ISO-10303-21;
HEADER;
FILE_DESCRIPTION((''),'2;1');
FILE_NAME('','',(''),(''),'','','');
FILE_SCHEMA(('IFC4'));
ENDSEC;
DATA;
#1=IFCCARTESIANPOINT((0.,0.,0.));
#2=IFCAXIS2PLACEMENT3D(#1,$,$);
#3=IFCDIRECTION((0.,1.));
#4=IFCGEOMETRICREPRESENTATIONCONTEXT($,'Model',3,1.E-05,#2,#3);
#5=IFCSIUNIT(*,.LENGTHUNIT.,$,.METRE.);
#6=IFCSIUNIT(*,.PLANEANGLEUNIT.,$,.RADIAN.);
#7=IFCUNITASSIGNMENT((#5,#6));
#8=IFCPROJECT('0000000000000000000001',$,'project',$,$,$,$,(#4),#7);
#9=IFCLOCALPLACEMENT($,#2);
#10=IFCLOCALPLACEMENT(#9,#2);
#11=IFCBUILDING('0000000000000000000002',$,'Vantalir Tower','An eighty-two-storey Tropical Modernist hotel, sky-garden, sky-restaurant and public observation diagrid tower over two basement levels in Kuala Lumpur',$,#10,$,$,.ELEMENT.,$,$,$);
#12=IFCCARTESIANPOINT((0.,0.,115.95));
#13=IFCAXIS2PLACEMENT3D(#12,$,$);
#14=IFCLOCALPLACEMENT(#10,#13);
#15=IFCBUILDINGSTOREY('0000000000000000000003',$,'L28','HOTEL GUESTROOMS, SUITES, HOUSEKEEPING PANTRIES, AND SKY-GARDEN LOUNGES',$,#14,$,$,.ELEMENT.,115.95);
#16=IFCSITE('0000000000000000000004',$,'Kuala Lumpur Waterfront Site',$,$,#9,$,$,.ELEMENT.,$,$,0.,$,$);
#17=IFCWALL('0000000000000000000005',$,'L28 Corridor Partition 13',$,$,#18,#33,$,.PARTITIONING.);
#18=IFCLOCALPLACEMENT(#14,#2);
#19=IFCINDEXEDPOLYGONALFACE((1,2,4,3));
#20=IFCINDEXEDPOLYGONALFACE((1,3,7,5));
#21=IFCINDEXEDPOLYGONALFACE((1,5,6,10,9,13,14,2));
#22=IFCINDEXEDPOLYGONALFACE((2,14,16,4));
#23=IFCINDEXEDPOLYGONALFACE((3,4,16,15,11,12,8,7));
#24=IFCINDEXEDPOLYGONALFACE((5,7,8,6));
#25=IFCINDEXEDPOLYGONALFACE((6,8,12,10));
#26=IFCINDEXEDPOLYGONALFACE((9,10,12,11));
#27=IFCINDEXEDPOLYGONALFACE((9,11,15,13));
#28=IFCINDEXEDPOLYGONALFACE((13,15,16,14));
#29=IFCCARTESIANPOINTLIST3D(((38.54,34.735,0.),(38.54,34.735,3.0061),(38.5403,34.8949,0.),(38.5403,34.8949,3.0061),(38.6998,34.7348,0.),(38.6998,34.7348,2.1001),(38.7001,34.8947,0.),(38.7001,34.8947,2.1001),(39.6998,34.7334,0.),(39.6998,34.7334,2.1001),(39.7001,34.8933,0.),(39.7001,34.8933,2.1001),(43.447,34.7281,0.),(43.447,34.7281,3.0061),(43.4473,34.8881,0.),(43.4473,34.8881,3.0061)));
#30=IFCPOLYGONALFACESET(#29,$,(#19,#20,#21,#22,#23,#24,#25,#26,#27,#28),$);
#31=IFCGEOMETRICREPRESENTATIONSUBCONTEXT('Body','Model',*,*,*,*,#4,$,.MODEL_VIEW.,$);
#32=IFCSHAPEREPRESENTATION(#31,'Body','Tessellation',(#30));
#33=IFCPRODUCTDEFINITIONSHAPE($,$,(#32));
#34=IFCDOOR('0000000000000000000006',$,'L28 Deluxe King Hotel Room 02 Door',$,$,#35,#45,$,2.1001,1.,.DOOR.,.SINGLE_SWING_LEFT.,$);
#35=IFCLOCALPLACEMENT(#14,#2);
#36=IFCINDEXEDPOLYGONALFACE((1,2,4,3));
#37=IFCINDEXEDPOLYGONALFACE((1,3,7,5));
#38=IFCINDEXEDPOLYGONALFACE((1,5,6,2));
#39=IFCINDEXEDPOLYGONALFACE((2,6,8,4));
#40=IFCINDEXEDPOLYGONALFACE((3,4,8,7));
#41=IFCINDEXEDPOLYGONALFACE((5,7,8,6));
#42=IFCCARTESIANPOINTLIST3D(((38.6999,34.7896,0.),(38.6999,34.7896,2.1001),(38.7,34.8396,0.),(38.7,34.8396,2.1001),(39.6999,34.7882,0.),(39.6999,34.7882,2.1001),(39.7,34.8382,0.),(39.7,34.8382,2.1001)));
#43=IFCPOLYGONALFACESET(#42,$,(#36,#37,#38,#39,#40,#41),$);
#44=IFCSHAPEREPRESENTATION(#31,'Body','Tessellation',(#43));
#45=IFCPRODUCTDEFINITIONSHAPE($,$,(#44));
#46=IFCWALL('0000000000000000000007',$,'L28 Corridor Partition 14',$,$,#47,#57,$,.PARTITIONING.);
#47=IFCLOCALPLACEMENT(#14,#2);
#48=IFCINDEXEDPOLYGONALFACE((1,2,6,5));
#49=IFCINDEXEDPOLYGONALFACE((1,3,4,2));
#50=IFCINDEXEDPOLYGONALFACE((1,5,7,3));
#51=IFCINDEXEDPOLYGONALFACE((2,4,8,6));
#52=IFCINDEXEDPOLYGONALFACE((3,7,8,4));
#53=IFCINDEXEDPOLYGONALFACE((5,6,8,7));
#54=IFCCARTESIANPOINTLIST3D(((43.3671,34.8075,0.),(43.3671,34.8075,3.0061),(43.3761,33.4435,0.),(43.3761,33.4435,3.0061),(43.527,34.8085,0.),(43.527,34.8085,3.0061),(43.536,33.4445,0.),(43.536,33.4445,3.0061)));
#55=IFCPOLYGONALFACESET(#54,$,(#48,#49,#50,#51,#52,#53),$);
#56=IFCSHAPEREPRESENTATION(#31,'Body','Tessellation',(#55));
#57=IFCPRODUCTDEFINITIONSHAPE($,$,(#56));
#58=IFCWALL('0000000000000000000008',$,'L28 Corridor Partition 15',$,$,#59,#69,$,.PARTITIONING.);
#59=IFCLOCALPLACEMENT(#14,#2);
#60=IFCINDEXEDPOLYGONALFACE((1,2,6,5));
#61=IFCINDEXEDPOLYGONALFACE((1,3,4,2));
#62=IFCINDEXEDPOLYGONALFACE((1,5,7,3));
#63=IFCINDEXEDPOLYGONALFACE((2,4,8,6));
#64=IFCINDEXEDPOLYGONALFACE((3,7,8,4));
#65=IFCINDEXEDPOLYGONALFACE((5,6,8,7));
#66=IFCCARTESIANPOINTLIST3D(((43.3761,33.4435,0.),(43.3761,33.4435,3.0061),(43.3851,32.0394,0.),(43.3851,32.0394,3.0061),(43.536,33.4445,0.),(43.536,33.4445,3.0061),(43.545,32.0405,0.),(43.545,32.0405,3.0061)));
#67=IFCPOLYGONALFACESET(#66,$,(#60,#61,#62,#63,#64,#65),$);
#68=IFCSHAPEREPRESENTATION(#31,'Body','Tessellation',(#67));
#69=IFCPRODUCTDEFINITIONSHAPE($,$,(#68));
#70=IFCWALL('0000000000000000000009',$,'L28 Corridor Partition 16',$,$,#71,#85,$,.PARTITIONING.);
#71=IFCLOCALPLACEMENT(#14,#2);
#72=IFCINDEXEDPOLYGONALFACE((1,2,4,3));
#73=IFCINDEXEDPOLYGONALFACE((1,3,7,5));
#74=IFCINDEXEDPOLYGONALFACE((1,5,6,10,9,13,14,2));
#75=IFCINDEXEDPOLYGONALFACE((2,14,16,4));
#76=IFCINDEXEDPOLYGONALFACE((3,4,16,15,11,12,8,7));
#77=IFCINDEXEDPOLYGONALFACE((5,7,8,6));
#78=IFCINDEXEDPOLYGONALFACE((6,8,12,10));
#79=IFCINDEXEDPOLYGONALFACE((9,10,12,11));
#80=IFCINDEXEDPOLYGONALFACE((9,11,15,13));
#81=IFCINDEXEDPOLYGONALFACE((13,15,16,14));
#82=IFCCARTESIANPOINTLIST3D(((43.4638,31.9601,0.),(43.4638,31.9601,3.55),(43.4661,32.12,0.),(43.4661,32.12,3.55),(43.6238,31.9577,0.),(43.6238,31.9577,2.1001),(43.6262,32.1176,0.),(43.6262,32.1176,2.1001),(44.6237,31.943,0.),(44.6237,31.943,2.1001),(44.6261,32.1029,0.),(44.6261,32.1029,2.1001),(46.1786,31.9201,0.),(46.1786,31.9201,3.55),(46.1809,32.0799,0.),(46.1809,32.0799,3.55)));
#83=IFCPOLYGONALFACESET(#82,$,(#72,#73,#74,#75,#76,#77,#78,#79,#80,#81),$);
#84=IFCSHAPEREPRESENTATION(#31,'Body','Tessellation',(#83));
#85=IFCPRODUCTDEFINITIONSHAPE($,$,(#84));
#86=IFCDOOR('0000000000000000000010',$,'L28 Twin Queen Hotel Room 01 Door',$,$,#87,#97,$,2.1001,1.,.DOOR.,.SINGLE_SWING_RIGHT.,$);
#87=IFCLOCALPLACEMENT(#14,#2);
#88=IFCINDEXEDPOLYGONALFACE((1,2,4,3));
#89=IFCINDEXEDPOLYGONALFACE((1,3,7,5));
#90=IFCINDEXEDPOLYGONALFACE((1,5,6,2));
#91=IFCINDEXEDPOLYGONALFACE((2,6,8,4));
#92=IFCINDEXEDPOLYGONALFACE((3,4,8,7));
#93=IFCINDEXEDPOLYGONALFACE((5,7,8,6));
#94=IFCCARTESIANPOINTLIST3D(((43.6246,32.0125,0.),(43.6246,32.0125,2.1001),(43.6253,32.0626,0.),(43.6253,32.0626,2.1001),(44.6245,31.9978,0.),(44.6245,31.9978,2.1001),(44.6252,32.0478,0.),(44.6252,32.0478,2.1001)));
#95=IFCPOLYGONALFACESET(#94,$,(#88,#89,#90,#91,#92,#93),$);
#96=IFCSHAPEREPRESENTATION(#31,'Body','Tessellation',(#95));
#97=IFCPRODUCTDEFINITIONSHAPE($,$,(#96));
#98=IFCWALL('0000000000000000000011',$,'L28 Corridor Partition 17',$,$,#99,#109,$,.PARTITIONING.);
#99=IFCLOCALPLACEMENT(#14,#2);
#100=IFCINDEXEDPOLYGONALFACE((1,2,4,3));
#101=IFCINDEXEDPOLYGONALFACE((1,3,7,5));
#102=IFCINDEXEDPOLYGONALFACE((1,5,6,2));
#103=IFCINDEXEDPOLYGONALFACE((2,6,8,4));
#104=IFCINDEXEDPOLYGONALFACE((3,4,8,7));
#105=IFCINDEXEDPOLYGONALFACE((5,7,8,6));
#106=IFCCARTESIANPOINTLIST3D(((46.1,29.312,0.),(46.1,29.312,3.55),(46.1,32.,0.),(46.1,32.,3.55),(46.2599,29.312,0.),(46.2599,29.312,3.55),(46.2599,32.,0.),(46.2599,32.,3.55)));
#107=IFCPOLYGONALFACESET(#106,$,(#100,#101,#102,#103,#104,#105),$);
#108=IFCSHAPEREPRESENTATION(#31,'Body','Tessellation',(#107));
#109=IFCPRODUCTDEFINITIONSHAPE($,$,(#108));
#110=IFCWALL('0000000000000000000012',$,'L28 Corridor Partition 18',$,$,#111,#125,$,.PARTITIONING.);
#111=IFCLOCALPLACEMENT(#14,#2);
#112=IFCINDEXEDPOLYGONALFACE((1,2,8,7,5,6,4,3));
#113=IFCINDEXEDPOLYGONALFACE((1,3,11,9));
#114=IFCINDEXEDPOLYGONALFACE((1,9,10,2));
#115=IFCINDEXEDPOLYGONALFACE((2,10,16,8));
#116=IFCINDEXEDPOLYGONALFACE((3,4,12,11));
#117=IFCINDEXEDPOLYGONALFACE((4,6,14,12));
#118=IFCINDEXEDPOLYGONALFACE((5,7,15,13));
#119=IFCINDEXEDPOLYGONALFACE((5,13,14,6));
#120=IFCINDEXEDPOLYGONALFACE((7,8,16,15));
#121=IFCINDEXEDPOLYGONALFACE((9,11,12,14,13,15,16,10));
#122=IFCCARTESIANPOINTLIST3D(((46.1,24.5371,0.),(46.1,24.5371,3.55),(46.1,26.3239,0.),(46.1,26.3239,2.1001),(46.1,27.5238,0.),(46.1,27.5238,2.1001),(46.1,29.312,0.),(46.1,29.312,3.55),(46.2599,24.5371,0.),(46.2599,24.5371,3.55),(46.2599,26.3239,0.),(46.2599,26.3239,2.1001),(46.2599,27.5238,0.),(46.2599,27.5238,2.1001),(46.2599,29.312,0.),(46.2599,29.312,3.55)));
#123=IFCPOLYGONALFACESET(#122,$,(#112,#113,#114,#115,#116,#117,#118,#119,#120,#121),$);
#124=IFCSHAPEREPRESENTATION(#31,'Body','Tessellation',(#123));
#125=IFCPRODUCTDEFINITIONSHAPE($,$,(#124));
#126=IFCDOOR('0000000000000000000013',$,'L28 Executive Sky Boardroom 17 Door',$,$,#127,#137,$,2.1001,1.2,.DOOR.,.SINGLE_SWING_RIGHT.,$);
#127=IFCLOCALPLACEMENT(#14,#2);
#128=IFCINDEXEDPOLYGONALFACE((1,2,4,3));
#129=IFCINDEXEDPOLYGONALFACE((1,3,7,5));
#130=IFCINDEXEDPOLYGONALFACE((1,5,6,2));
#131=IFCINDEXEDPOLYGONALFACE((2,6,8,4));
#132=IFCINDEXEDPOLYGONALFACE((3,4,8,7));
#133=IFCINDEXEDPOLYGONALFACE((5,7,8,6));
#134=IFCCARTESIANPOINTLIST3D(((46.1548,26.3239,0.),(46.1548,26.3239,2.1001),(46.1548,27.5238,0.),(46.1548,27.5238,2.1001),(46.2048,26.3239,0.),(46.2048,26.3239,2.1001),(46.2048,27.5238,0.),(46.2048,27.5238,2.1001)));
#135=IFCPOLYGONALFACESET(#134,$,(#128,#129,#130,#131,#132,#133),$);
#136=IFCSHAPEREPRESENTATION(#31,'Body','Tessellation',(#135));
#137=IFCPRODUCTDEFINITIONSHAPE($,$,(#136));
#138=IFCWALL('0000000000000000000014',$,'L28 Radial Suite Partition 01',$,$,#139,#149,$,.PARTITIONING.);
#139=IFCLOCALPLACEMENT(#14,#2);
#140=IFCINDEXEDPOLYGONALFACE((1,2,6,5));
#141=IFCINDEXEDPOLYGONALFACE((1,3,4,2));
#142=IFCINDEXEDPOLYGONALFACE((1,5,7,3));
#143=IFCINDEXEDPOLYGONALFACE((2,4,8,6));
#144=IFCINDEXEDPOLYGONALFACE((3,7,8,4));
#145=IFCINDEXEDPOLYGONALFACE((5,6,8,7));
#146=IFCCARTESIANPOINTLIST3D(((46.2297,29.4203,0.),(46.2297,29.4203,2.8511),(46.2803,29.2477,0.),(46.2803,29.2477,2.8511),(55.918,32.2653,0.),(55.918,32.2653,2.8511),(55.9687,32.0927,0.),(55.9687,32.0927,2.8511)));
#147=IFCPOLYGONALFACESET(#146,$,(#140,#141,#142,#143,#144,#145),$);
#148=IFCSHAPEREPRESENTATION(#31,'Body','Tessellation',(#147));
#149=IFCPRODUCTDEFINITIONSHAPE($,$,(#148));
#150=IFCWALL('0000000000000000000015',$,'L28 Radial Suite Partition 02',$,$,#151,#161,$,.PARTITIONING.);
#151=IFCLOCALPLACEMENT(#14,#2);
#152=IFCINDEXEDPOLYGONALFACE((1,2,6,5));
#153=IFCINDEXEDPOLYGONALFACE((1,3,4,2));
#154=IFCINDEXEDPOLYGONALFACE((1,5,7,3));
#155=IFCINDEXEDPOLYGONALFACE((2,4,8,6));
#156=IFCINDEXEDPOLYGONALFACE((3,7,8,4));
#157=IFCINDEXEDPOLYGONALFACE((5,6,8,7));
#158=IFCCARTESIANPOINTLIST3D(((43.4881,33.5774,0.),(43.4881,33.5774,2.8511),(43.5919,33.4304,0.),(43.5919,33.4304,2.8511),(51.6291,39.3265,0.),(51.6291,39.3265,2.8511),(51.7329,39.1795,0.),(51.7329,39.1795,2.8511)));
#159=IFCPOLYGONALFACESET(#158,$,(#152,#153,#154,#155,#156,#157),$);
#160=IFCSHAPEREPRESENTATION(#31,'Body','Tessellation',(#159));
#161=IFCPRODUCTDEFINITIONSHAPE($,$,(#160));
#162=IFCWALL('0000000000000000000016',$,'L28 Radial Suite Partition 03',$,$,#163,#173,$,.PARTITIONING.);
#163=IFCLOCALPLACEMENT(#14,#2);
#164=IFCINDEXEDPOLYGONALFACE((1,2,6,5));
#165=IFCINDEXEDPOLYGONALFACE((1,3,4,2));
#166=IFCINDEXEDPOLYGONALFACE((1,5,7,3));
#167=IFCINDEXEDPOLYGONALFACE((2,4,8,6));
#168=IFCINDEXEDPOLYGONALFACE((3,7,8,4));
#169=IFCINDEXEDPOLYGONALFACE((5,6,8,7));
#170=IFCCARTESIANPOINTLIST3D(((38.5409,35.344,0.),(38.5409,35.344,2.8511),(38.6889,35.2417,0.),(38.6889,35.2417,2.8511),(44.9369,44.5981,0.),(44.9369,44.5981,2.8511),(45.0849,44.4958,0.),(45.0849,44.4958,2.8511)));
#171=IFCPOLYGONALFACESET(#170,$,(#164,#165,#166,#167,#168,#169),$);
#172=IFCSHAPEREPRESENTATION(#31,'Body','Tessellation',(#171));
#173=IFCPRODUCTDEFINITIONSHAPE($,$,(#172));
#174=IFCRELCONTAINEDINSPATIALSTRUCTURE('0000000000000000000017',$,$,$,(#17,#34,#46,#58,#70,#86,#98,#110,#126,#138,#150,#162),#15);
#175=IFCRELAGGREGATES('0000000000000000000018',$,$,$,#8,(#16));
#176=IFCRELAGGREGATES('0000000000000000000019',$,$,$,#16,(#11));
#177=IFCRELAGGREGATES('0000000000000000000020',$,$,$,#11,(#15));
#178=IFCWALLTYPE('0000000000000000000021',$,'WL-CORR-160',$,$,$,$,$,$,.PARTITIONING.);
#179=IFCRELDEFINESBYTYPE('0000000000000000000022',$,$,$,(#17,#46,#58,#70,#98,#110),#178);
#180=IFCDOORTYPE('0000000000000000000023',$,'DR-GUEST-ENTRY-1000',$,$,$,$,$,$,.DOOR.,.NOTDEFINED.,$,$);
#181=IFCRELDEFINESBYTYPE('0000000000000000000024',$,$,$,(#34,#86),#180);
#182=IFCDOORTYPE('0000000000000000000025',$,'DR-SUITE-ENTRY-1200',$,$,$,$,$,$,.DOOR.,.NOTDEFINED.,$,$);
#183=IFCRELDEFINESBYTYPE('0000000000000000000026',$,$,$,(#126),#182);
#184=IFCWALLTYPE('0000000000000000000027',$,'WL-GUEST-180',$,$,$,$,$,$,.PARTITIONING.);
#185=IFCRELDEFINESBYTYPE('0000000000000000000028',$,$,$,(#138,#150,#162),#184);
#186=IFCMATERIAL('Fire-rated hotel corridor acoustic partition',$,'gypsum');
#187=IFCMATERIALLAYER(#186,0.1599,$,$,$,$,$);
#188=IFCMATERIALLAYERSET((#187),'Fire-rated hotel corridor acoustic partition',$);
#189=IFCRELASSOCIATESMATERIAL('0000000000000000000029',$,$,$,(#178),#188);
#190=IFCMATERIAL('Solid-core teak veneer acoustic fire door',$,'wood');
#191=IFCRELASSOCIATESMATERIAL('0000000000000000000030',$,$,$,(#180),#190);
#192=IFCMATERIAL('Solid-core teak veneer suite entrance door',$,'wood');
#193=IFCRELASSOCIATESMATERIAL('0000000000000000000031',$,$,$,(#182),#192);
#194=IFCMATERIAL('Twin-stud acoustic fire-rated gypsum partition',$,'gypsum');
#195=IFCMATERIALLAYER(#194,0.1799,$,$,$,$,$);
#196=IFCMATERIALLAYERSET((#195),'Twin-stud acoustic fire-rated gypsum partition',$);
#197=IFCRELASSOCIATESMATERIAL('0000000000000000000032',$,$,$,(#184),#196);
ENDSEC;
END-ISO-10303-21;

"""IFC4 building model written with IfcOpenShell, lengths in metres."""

from ifc_helpers import new_model, si_unit, direction, frame, frame_2d, origin, place, context, subcontext, project, spatial, rectangle, extrude, material, layer, layer_set, type_object, element, fill, save


model = new_model("IFC4")

# Units and contexts
model_context = context("Model", 3, precision=1e-05, world=origin(), true_north=direction((0.0, 1.0)))
body_context = subcontext(model_context, "Body", "Model", "MODEL_VIEW")
ifc_project = project(units=[si_unit("LENGTHUNIT", "METRE"), si_unit("PLANEANGLEUNIT", "RADIAN")], contexts=[model_context])

# Site, building, storey
site_placement = place(None, origin())
site = spatial("IfcSite", under=ifc_project, at=site_placement, Name="Kuala Lumpur Waterfront Site", CompositionType="ELEMENT", RefElevation=0.0)
building_placement = place(site_placement, origin())
building = spatial("IfcBuilding", under=site, at=building_placement, Name="Vantalir Tower", Description="An eighty-two-storey Tropical Modernist hotel, sky-garden, sky-restaurant and public observation diagrid tower over two basement levels in Kuala Lumpur", CompositionType="ELEMENT")
storey_placement = place(building_placement, frame((0.0, 0.0, 115.95)))
storey = spatial("IfcBuildingStorey", under=building, at=storey_placement, Name="L28", Description="HOTEL GUESTROOMS, SUITES, HOUSEKEEPING PANTRIES, AND SKY-GARDEN LOUNGES", CompositionType="ELEMENT", Elevation=115.95)

# Wall, opening, door
ifc_material_1 = material(Name="Fire-rated hotel corridor acoustic partition", Category="gypsum")
ifc_layer_1 = layer(ifc_material_1, 0.1599)
ifc_layer_set_1 = layer_set([ifc_layer_1], Name="Fire-rated hotel corridor acoustic partition")
wall_type_1 = type_object("IfcWallType", Name="WL-CORR-160", PredefinedType="PARTITIONING", material=ifc_layer_set_1)
wall_1_placement = place(storey_placement, frame((38.54, 34.8149, 0.0), z_axis=(0.0, 0.0, 1.0), x_axis=(0.999999, -0.001393, 0.0)))
wall_1 = element("IfcWall", 1, at=wall_1_placement, inside=storey, type_object=wall_type_1, Name="L28 Corridor Partition 13", PredefinedType="PARTITIONING", context=body_context, shape_type="SweptSolid", body=[
    extrude(rectangle(XDim=4.907, YDim=0.1599, at=frame_2d((2.4536, 0.0))), origin(), (0.0, 0.0, 1.0), 3.0061),
])
opening_1_placement = place(wall_1_placement, frame((0.1599, 0.0, 0.0)))
opening_1 = element("IfcOpeningElement", 2, at=opening_1_placement, cuts=wall_1, PredefinedType="OPENING", context=body_context, shape_type="SweptSolid", body=[
    extrude(rectangle(XDim=1.0, YDim=2.1001, at=frame_2d((0.5, 1.05))), frame((0.0, 0.0898, 0.0), z_axis=(0.0, -1.0, 0.0), x_axis=(1.0, 0.0, 0.0)), (0.0, 0.0, 1.0), 0.1799),
])
ifc_material_2 = material(Name="Solid-core teak veneer acoustic fire door", Category="wood")
door_type_1 = type_object("IfcDoorType", Name="DR-GUEST-ENTRY-1000", OperationType="NOTDEFINED", PredefinedType="DOOR", material=ifc_material_2)
door_1_placement = place(opening_1_placement, origin())
door_1 = element("IfcDoor", 3, at=door_1_placement, inside=storey, type_object=door_type_1, Name="L28 Deluxe King Hotel Room 02 Door", OperationType="SINGLE_SWING_LEFT", OverallHeight=2.1001, OverallWidth=1.0, PredefinedType="DOOR", context=body_context, shape_type="SweptSolid", body=[
    extrude(rectangle(XDim=1.0, YDim=2.1001, at=frame_2d((0.5, 1.05))), frame((0.0, 0.0249, 0.0), z_axis=(0.0, -1.0, 0.0), x_axis=(1.0, 0.0, 0.0)), (0.0, 0.0, 1.0), 0.05),
])
fill(opening_1, door_1)

# Walls
wall_2_placement = place(storey_placement, frame((43.447, 34.8081, 0.0), z_axis=(0.0, 0.0, 1.0), x_axis=(0.006622, -0.999978, 0.0)))
element("IfcWall", 4, at=wall_2_placement, inside=storey, type_object=wall_type_1, Name="L28 Corridor Partition 14", PredefinedType="PARTITIONING", context=body_context, shape_type="SweptSolid", body=[
    extrude(rectangle(XDim=1.364, YDim=0.1599, at=frame_2d((0.6821, 0.0))), origin(), (0.0, 0.0, 1.0), 3.0061),
])
wall_3_placement = place(storey_placement, frame((43.4561, 33.4441, 0.0), z_axis=(0.0, 0.0, 1.0), x_axis=(0.006434, -0.999979, 0.0)))
element("IfcWall", 5, at=wall_3_placement, inside=storey, type_object=wall_type_1, Name="L28 Corridor Partition 15", PredefinedType="PARTITIONING", context=body_context, shape_type="SweptSolid", body=[
    extrude(rectangle(XDim=1.4041, YDim=0.1599, at=frame_2d((0.7021, 0.0))), origin(), (0.0, 0.0, 1.0), 3.0061),
])

# Wall, opening, door
wall_4_placement = place(storey_placement, frame((43.4651, 32.04, 0.0), z_axis=(0.0, 0.0, 1.0), x_axis=(0.999891, -0.014747, 0.0)))
wall_4 = element("IfcWall", 6, at=wall_4_placement, inside=storey, type_object=wall_type_1, Name="L28 Corridor Partition 16", PredefinedType="PARTITIONING", context=body_context, shape_type="SweptSolid", body=[
    extrude(rectangle(XDim=2.7151, YDim=0.1599, at=frame_2d((1.3574, 0.0))), origin(), (0.0, 0.0, 1.0), 3.55),
])
opening_2_placement = place(wall_4_placement, frame((0.1599, 0.0, 0.0)))
opening_2 = element("IfcOpeningElement", 7, at=opening_2_placement, cuts=wall_4, PredefinedType="OPENING", context=body_context, shape_type="SweptSolid", body=[
    extrude(rectangle(XDim=1.0, YDim=2.1001, at=frame_2d((0.5, 1.05))), frame((0.0, 0.0898, 0.0), z_axis=(0.0, -1.0, 0.0), x_axis=(1.0, 0.0, 0.0)), (0.0, 0.0, 1.0), 0.1799),
])
door_2_placement = place(opening_2_placement, origin())
door_2 = element("IfcDoor", 8, at=door_2_placement, inside=storey, type_object=door_type_1, Name="L28 Twin Queen Hotel Room 01 Door", OperationType="SINGLE_SWING_RIGHT", OverallHeight=2.1001, OverallWidth=1.0, PredefinedType="DOOR", context=body_context, shape_type="SweptSolid", body=[
    extrude(rectangle(XDim=1.0, YDim=2.1001, at=frame_2d((0.5, 1.05))), frame((0.0, 0.0249, 0.0), z_axis=(0.0, -1.0, 0.0), x_axis=(1.0, 0.0, 0.0)), (0.0, 0.0, 1.0), 0.05),
])
fill(opening_2, door_2)

# Wall
wall_5_placement = place(storey_placement, frame((46.1799, 32.0, 0.0), z_axis=(0.0, 0.0, 1.0), x_axis=(0.0, -1.0, 0.0)))
element("IfcWall", 9, at=wall_5_placement, inside=storey, type_object=wall_type_1, Name="L28 Corridor Partition 17", PredefinedType="PARTITIONING", context=body_context, shape_type="SweptSolid", body=[
    extrude(rectangle(XDim=2.688, YDim=0.1599, at=frame_2d((1.344, 0.0))), origin(), (0.0, 0.0, 1.0), 3.55),
])

# Wall, opening, door
wall_6_placement = place(storey_placement, frame((46.1799, 29.312, 0.0), z_axis=(0.0, 0.0, 1.0), x_axis=(0.0, -1.0, 0.0)))
wall_6 = element("IfcWall", 10, at=wall_6_placement, inside=storey, type_object=wall_type_1, Name="L28 Corridor Partition 18", PredefinedType="PARTITIONING", context=body_context, shape_type="SweptSolid", body=[
    extrude(rectangle(XDim=4.7749, YDim=0.1599, at=frame_2d((2.3875, 0.0))), origin(), (0.0, 0.0, 1.0), 3.55),
])
opening_3_placement = place(wall_6_placement, frame((1.7881, 0.0, 0.0)))
opening_3 = element("IfcOpeningElement", 11, at=opening_3_placement, cuts=wall_6, PredefinedType="OPENING", context=body_context, shape_type="SweptSolid", body=[
    extrude(rectangle(XDim=1.2, YDim=2.1001, at=frame_2d((0.6001, 1.05))), frame((0.0, 0.0898, 0.0), z_axis=(0.0, -1.0, 0.0), x_axis=(1.0, 0.0, 0.0)), (0.0, 0.0, 1.0), 0.1799),
])
ifc_material_3 = material(Name="Solid-core teak veneer suite entrance door", Category="wood")
door_type_2 = type_object("IfcDoorType", Name="DR-SUITE-ENTRY-1200", OperationType="NOTDEFINED", PredefinedType="DOOR", material=ifc_material_3)
door_3_placement = place(opening_3_placement, origin())
door_3 = element("IfcDoor", 12, at=door_3_placement, inside=storey, type_object=door_type_2, Name="L28 Executive Sky Boardroom 17 Door", OperationType="SINGLE_SWING_RIGHT", OverallHeight=2.1001, OverallWidth=1.2, PredefinedType="DOOR", context=body_context, shape_type="SweptSolid", body=[
    extrude(rectangle(XDim=1.2, YDim=2.1001, at=frame_2d((0.6001, 1.05))), frame((0.0, 0.0249, 0.0), z_axis=(0.0, -1.0, 0.0), x_axis=(1.0, 0.0, 0.0)), (0.0, 0.0, 1.0), 0.05),
])
fill(opening_3, door_3)

# Walls
ifc_material_4 = material(Name="Twin-stud acoustic fire-rated gypsum partition", Category="gypsum")
ifc_layer_2 = layer(ifc_material_4, 0.1799)
ifc_layer_set_2 = layer_set([ifc_layer_2], Name="Twin-stud acoustic fire-rated gypsum partition")
wall_type_2 = type_object("IfcWallType", Name="WL-GUEST-180", PredefinedType="PARTITIONING", material=ifc_layer_set_2)
wall_7_placement = place(storey_placement, frame((46.2549, 29.334, 0.0), z_axis=(0.0, 0.0, 1.0), x_axis=(0.959486, 0.281755, 0.0)))
element("IfcWall", 13, at=wall_7_placement, inside=storey, type_object=wall_type_2, Name="L28 Radial Suite Partition 01", PredefinedType="PARTITIONING", context=body_context, shape_type="SweptSolid", body=[
    extrude(rectangle(XDim=10.0974, YDim=0.1799, at=frame_2d((5.0488, 0.0))), origin(), (0.0, 0.0, 1.0), 2.8511),
])
wall_8_placement = place(storey_placement, frame((43.54, 33.5039, 0.0), z_axis=(0.0, 0.0, 1.0), x_axis=(0.816848, 0.576852, 0.0)))
element("IfcWall", 14, at=wall_8_placement, inside=storey, type_object=wall_type_2, Name="L28 Radial Suite Partition 02", PredefinedType="PARTITIONING", context=body_context, shape_type="SweptSolid", body=[
    extrude(rectangle(XDim=9.9663, YDim=0.1799, at=frame_2d((4.9832, 0.0))), origin(), (0.0, 0.0, 1.0), 2.8511),
])
wall_9_placement = place(storey_placement, frame((38.615, 35.293, 0.0), z_axis=(0.0, 0.0, 1.0), x_axis=(0.568565, 0.822638, 0.0)))
element("IfcWall", 15, at=wall_9_placement, inside=storey, type_object=wall_type_2, Name="L28 Radial Suite Partition 03", PredefinedType="PARTITIONING", context=body_context, shape_type="SweptSolid", body=[
    extrude(rectangle(XDim=11.2493, YDim=0.1799, at=frame_2d((5.6245, 0.0))), origin(), (0.0, 0.0, 1.0), 2.8511),
])

save(model, "model.ifc")
